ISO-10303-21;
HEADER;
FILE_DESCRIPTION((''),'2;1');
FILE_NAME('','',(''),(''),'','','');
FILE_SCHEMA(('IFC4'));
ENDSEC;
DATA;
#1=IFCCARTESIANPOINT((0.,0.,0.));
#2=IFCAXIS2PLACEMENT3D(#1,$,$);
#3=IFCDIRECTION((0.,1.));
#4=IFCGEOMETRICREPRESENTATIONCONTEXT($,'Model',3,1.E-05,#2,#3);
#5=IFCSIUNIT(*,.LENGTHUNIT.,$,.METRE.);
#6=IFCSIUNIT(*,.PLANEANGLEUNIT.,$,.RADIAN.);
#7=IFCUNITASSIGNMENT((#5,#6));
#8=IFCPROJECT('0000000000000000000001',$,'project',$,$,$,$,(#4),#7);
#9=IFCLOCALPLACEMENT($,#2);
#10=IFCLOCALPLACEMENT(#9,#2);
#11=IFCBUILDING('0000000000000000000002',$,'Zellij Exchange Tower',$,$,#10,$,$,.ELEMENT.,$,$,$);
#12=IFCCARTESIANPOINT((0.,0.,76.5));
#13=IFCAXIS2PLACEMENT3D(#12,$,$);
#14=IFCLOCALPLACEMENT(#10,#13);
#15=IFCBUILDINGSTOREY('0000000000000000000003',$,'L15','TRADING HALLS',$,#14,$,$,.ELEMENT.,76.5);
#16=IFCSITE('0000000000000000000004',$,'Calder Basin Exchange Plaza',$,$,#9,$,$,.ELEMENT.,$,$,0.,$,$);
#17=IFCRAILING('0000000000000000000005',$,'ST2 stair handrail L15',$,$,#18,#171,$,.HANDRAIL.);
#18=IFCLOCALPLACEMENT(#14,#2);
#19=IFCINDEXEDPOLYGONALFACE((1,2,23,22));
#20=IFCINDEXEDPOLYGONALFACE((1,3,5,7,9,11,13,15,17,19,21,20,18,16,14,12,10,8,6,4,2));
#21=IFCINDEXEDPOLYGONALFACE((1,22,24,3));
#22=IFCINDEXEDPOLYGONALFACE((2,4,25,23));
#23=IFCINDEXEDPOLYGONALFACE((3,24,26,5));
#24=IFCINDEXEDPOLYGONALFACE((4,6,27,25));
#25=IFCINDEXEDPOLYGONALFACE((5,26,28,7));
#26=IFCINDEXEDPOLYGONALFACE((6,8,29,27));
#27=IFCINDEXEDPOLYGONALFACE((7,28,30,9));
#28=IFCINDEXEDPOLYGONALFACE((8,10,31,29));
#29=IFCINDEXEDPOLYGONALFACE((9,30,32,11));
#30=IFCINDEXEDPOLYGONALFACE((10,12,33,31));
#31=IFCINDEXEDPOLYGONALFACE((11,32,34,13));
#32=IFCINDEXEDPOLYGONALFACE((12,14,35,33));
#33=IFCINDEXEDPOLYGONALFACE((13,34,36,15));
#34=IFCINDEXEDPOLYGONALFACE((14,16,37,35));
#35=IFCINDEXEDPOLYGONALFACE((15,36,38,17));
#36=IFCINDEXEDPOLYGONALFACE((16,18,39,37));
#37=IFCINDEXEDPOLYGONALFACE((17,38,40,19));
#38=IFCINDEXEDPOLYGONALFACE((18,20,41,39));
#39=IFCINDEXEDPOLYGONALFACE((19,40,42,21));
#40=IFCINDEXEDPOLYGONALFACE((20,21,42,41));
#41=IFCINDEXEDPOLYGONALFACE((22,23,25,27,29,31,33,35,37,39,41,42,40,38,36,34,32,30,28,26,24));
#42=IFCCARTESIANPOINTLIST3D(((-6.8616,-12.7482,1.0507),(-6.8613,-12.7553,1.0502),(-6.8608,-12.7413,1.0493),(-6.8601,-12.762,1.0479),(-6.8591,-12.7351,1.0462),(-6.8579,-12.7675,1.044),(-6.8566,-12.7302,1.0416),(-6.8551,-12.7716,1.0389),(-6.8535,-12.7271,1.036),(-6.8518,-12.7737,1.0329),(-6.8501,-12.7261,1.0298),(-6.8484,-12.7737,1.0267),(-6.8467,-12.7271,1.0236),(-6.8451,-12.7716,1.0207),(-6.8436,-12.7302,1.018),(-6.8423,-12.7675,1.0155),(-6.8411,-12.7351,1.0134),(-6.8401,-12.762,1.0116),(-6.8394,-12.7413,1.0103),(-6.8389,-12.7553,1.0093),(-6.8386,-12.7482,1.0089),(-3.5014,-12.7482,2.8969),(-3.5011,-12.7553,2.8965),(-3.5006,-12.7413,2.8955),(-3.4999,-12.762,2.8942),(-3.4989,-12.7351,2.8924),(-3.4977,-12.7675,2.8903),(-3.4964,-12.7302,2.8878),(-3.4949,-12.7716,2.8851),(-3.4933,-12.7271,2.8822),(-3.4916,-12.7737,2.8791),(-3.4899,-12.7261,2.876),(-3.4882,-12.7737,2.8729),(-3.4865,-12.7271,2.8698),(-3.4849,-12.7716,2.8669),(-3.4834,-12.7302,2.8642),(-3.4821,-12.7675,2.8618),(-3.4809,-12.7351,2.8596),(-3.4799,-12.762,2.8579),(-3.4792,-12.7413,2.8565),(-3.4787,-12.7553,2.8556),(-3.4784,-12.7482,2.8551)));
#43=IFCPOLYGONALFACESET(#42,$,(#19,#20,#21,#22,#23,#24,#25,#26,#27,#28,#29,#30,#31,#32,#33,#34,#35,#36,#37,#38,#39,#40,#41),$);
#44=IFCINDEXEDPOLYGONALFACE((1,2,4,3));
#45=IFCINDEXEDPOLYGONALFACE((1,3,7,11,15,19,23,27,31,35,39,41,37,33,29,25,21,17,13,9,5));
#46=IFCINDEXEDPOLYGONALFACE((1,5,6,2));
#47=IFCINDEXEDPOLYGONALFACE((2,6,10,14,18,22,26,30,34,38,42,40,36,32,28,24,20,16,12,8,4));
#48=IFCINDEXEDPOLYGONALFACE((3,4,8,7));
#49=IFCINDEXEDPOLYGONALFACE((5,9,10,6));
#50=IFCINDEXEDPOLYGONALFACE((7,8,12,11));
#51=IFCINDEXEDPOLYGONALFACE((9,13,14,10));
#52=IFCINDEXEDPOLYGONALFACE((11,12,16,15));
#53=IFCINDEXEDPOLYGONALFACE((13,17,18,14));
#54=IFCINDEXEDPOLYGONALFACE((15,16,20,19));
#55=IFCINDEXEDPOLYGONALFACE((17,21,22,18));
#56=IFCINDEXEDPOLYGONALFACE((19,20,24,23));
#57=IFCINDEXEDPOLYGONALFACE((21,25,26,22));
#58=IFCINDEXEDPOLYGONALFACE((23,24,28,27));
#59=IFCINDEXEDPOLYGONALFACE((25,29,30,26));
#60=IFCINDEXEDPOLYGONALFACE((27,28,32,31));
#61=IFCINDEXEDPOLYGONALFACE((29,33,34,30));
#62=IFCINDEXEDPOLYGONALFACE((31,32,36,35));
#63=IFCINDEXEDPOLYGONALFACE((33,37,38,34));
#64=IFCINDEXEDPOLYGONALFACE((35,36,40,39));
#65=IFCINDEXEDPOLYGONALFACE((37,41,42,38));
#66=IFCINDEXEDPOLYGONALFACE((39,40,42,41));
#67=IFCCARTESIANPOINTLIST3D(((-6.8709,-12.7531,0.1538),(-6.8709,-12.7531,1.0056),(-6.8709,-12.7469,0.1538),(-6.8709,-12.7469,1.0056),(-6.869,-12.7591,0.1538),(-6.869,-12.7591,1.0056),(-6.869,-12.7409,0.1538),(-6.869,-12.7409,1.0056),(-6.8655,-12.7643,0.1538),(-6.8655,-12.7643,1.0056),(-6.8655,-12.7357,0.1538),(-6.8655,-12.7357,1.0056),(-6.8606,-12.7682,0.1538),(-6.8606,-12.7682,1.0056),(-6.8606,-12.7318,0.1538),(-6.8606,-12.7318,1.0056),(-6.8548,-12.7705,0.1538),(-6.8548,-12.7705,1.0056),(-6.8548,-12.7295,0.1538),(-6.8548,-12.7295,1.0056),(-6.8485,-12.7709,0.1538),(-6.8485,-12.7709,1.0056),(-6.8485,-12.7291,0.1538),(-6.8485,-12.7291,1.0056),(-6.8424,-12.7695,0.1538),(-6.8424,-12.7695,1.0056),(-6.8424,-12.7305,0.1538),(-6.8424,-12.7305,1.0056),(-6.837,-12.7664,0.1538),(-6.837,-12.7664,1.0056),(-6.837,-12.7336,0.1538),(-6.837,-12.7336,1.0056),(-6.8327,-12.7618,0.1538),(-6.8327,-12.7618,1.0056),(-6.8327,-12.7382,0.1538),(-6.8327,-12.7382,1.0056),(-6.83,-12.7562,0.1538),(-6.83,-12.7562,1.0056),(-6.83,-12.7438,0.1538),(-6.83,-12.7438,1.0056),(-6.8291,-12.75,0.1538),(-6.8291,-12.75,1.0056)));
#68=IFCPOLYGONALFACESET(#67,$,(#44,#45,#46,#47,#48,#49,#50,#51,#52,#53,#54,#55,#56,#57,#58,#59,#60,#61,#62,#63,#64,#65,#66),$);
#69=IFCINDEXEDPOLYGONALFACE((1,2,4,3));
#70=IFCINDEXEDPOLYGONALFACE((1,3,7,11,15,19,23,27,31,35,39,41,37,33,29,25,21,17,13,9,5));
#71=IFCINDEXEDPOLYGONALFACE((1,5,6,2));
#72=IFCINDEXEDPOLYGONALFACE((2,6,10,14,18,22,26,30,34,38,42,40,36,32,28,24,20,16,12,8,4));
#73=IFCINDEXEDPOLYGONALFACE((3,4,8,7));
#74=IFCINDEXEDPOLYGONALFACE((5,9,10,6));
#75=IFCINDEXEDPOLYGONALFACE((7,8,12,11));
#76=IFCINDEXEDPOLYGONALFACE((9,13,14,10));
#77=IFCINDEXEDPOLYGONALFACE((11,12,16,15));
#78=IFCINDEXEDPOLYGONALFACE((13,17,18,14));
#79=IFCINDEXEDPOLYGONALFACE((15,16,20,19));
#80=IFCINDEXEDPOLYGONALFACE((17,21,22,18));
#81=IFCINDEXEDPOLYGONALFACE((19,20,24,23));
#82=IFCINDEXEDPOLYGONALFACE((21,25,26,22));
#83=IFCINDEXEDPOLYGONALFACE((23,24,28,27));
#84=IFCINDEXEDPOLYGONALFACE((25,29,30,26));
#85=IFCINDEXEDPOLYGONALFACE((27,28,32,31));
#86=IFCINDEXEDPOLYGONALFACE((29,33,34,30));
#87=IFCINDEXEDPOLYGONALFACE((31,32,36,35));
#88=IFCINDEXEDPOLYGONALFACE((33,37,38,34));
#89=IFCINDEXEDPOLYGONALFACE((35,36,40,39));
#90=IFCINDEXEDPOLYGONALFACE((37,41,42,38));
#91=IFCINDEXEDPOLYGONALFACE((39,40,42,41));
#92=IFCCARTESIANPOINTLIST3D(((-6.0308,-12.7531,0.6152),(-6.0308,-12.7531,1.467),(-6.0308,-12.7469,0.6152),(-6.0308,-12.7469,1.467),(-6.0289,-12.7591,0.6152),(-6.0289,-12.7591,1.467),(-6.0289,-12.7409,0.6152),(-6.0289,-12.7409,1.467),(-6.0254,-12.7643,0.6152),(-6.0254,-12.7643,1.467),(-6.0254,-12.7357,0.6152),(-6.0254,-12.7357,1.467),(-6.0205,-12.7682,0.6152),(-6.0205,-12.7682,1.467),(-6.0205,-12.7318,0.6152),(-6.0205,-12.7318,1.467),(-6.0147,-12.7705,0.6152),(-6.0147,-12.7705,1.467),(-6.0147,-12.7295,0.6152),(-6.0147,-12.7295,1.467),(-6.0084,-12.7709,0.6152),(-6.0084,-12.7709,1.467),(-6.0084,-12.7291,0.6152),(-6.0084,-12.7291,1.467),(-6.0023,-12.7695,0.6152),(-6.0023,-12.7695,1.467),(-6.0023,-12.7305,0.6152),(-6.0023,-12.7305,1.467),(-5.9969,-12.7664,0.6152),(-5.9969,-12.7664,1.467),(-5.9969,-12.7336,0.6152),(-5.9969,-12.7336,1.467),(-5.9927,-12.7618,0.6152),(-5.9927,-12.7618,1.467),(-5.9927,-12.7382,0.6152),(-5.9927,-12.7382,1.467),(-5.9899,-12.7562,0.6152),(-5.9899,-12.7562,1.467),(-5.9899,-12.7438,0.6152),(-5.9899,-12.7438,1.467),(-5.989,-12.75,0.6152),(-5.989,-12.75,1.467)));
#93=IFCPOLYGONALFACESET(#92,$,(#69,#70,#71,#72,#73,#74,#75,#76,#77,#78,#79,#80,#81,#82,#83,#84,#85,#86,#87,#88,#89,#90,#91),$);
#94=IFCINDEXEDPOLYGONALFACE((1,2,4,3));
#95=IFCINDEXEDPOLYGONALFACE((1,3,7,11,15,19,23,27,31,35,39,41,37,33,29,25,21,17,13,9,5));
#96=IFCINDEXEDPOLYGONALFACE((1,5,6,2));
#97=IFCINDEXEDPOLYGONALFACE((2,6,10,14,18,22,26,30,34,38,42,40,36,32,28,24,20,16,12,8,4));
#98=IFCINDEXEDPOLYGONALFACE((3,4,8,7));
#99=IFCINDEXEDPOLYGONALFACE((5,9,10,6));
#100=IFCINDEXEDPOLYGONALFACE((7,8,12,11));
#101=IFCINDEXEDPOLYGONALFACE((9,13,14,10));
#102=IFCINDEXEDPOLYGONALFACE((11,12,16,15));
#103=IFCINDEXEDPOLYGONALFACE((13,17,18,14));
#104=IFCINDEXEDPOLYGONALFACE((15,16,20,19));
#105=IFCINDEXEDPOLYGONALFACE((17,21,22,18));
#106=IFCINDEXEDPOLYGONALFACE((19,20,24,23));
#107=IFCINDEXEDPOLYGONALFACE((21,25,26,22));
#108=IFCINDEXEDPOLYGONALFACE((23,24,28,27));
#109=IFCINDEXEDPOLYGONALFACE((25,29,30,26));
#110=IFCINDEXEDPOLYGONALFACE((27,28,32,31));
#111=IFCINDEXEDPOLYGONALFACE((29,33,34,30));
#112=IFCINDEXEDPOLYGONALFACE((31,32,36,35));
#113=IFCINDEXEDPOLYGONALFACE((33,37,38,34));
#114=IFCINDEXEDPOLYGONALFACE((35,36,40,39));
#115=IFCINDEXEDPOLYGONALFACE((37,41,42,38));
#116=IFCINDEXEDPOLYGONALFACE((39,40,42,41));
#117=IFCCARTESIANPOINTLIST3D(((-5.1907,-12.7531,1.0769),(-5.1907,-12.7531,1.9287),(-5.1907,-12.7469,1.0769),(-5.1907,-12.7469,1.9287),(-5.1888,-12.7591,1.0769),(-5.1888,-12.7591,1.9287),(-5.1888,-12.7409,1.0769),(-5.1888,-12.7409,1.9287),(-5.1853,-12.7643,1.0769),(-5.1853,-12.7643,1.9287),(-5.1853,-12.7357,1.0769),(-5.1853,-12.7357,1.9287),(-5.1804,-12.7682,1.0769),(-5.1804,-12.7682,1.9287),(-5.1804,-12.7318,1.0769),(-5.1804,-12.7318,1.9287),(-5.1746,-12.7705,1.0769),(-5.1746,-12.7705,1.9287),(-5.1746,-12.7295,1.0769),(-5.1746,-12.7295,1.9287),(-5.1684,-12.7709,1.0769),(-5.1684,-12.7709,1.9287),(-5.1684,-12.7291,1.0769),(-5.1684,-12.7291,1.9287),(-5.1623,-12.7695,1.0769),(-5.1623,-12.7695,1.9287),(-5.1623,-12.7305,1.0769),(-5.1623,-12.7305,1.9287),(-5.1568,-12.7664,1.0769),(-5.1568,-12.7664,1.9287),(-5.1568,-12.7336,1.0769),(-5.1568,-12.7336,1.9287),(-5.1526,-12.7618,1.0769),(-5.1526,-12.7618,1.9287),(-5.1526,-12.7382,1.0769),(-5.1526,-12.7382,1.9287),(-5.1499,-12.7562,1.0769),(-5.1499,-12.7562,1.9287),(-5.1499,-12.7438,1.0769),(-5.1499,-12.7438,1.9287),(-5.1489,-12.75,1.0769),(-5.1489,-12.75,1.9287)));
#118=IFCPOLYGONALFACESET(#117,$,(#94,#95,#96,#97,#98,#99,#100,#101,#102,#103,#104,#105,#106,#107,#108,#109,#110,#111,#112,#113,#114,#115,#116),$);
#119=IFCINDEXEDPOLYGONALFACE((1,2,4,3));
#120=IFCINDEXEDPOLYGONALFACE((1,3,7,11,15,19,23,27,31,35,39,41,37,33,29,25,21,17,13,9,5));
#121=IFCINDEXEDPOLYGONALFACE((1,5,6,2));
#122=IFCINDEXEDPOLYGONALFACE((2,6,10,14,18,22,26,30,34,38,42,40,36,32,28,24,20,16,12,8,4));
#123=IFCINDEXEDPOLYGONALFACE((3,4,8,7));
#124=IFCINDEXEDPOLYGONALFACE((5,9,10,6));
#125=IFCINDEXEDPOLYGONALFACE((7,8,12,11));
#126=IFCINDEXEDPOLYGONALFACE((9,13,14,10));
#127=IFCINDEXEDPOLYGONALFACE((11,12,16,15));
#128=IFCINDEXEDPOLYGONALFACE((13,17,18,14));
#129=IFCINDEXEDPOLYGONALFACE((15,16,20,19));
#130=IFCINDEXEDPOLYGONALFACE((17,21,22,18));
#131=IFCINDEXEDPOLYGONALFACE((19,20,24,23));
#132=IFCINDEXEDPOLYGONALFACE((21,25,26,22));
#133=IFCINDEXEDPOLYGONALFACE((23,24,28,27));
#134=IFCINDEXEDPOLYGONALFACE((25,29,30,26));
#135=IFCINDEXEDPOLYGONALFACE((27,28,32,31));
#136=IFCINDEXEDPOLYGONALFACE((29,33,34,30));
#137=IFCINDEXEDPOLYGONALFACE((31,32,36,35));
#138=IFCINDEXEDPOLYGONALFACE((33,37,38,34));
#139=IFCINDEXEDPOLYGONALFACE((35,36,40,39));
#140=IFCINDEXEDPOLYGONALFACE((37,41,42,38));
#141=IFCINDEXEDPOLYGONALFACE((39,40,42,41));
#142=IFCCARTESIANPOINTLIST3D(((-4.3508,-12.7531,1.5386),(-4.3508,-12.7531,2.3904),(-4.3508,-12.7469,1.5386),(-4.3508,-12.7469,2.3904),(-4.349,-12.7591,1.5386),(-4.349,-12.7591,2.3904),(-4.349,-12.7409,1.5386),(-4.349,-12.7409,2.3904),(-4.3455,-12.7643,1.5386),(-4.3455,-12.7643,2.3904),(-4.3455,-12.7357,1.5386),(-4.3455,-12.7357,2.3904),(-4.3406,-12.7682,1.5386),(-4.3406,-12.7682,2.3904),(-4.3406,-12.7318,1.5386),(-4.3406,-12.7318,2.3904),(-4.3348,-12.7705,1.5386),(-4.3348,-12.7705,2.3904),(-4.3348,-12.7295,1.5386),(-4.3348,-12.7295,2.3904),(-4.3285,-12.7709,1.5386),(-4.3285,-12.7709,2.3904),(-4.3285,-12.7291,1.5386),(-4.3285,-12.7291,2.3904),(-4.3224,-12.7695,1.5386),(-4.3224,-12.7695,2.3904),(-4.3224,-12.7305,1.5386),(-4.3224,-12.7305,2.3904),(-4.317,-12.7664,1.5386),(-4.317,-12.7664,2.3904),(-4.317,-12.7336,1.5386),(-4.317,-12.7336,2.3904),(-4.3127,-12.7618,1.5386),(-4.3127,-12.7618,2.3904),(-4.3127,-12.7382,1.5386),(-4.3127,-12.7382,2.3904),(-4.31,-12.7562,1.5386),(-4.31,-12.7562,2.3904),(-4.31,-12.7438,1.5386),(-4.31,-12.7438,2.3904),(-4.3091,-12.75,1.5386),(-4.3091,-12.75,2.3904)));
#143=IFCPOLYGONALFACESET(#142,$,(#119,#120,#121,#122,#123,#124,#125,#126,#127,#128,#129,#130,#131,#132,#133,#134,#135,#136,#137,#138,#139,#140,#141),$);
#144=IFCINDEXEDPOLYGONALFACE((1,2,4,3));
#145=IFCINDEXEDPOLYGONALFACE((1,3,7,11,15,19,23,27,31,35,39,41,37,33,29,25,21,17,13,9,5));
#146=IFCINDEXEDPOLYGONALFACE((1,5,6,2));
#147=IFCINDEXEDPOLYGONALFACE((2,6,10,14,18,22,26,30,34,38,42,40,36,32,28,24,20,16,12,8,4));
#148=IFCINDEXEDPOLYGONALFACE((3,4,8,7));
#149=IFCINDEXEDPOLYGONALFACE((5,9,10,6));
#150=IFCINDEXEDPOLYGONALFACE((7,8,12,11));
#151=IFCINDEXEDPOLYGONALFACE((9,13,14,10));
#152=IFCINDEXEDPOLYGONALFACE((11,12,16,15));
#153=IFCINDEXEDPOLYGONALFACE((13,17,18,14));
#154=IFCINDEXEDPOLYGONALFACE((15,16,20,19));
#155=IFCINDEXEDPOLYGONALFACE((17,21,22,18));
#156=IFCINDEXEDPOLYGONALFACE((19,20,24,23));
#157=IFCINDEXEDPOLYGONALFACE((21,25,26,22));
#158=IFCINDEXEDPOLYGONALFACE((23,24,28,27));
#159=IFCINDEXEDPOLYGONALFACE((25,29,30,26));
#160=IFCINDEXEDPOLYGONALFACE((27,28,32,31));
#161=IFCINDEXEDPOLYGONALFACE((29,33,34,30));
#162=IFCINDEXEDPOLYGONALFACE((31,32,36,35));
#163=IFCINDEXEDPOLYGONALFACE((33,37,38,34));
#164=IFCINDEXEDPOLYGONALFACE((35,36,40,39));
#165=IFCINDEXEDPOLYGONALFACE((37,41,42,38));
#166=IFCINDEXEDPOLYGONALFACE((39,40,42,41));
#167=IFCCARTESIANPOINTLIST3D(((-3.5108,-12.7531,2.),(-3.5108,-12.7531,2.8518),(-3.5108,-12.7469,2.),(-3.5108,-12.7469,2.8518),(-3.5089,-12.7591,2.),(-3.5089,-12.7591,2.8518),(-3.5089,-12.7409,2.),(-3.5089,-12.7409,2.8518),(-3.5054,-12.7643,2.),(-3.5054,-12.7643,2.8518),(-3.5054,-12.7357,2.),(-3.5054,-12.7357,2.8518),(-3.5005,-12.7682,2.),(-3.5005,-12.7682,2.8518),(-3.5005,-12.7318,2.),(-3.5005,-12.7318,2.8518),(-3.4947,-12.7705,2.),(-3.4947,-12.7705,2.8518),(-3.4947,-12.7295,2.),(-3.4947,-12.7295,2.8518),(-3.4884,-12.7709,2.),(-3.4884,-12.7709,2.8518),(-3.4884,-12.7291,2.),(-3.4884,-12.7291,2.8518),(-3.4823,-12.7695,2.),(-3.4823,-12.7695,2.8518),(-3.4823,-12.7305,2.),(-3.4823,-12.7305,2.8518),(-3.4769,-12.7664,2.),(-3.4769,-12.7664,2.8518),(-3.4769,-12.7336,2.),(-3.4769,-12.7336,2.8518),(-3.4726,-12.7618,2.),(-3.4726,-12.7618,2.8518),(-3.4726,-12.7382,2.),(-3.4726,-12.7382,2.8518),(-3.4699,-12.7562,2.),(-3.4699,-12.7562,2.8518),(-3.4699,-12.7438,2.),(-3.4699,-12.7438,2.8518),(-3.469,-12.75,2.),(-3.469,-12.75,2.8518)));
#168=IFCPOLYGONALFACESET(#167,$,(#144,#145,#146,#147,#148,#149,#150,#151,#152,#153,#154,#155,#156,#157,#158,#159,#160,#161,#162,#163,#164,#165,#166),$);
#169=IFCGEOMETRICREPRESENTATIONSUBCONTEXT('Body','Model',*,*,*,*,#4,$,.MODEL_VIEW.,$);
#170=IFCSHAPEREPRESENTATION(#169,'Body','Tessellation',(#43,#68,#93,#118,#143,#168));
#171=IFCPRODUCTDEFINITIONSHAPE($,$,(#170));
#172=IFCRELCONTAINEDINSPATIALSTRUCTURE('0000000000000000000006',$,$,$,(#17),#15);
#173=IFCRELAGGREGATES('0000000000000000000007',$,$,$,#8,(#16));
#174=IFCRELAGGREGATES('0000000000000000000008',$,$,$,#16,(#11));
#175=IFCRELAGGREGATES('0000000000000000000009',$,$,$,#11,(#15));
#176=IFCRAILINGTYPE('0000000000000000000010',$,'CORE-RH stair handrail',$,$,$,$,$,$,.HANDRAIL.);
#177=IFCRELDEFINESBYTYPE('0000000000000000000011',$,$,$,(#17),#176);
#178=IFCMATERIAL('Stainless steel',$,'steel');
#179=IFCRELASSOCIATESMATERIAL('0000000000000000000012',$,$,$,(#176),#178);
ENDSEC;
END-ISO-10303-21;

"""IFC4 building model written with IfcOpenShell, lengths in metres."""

from ifc_helpers import new_model, si_unit, direction, frame, origin, origin_2d, place, context, subcontext, project, spatial, circle, extrude, material, type_object, element, save


model = new_model("IFC4")

# Units and contexts
model_context = context("Model", 3, precision=1e-05, world=origin(), true_north=direction((0.0, 1.0)))
body_context = subcontext(model_context, "Body", "Model", "MODEL_VIEW")
ifc_project = project(units=[si_unit("LENGTHUNIT", "METRE"), si_unit("PLANEANGLEUNIT", "RADIAN")], contexts=[model_context])

# Site, building, storey
site_placement = place(None, origin())
site = spatial("IfcSite", under=ifc_project, at=site_placement, Name="Calder Basin Exchange Plaza", CompositionType="ELEMENT", RefElevation=0.0)
building_placement = place(site_placement, origin())
building = spatial("IfcBuilding", under=site, at=building_placement, Name="Zellij Exchange Tower", CompositionType="ELEMENT")
storey_placement = place(building_placement, frame((0.0, 0.0, 76.5)))
storey = spatial("IfcBuildingStorey", under=building, at=storey_placement, Name="L15", Description="TRADING HALLS", CompositionType="ELEMENT", Elevation=76.5)

# Railing
ifc_material_1 = material(Name="Stainless steel", Category="steel")
railing_type_1 = type_object("IfcRailingType", Name="CORE-RH stair handrail", PredefinedType="HANDRAIL", material=ifc_material_1)
railing_1_placement = place(storey_placement, frame((-6.8501, -12.75, 0.1538)))
element("IfcRailing", 1, at=railing_1_placement, inside=storey, type_object=railing_type_1, Name="ST2 stair handrail L15", PredefinedType="HANDRAIL", context=body_context, shape_type="SweptSolid", body=[
    extrude(circle(Radius=0.0239, at=origin_2d()), frame((0.0, 0.0, 0.876), z_axis=(0.876422, 0.0, 0.481545), x_axis=(0.0, 1.0, 0.0)), (0.0, 0.0, 1.0), 3.834),
    extrude(circle(Radius=0.021, at=origin_2d()), origin(), (0.0, 0.0, 1.0), 0.8518),
    extrude(circle(Radius=0.021, at=origin_2d()), frame((0.8401, 0.0, 0.4614)), (0.0, 0.0, 1.0), 0.8518),
    extrude(circle(Radius=0.021, at=origin_2d()), frame((1.6802, 0.0, 0.9231)), (0.0, 0.0, 1.0), 0.8518),
    extrude(circle(Radius=0.021, at=origin_2d()), frame((2.52, 0.0, 1.3848)), (0.0, 0.0, 1.0), 0.8518),
    extrude(circle(Radius=0.021, at=origin_2d()), frame((3.3601, 0.0, 1.8462)), (0.0, 0.0, 1.0), 0.8518),
])

save(model, "model.ifc")
